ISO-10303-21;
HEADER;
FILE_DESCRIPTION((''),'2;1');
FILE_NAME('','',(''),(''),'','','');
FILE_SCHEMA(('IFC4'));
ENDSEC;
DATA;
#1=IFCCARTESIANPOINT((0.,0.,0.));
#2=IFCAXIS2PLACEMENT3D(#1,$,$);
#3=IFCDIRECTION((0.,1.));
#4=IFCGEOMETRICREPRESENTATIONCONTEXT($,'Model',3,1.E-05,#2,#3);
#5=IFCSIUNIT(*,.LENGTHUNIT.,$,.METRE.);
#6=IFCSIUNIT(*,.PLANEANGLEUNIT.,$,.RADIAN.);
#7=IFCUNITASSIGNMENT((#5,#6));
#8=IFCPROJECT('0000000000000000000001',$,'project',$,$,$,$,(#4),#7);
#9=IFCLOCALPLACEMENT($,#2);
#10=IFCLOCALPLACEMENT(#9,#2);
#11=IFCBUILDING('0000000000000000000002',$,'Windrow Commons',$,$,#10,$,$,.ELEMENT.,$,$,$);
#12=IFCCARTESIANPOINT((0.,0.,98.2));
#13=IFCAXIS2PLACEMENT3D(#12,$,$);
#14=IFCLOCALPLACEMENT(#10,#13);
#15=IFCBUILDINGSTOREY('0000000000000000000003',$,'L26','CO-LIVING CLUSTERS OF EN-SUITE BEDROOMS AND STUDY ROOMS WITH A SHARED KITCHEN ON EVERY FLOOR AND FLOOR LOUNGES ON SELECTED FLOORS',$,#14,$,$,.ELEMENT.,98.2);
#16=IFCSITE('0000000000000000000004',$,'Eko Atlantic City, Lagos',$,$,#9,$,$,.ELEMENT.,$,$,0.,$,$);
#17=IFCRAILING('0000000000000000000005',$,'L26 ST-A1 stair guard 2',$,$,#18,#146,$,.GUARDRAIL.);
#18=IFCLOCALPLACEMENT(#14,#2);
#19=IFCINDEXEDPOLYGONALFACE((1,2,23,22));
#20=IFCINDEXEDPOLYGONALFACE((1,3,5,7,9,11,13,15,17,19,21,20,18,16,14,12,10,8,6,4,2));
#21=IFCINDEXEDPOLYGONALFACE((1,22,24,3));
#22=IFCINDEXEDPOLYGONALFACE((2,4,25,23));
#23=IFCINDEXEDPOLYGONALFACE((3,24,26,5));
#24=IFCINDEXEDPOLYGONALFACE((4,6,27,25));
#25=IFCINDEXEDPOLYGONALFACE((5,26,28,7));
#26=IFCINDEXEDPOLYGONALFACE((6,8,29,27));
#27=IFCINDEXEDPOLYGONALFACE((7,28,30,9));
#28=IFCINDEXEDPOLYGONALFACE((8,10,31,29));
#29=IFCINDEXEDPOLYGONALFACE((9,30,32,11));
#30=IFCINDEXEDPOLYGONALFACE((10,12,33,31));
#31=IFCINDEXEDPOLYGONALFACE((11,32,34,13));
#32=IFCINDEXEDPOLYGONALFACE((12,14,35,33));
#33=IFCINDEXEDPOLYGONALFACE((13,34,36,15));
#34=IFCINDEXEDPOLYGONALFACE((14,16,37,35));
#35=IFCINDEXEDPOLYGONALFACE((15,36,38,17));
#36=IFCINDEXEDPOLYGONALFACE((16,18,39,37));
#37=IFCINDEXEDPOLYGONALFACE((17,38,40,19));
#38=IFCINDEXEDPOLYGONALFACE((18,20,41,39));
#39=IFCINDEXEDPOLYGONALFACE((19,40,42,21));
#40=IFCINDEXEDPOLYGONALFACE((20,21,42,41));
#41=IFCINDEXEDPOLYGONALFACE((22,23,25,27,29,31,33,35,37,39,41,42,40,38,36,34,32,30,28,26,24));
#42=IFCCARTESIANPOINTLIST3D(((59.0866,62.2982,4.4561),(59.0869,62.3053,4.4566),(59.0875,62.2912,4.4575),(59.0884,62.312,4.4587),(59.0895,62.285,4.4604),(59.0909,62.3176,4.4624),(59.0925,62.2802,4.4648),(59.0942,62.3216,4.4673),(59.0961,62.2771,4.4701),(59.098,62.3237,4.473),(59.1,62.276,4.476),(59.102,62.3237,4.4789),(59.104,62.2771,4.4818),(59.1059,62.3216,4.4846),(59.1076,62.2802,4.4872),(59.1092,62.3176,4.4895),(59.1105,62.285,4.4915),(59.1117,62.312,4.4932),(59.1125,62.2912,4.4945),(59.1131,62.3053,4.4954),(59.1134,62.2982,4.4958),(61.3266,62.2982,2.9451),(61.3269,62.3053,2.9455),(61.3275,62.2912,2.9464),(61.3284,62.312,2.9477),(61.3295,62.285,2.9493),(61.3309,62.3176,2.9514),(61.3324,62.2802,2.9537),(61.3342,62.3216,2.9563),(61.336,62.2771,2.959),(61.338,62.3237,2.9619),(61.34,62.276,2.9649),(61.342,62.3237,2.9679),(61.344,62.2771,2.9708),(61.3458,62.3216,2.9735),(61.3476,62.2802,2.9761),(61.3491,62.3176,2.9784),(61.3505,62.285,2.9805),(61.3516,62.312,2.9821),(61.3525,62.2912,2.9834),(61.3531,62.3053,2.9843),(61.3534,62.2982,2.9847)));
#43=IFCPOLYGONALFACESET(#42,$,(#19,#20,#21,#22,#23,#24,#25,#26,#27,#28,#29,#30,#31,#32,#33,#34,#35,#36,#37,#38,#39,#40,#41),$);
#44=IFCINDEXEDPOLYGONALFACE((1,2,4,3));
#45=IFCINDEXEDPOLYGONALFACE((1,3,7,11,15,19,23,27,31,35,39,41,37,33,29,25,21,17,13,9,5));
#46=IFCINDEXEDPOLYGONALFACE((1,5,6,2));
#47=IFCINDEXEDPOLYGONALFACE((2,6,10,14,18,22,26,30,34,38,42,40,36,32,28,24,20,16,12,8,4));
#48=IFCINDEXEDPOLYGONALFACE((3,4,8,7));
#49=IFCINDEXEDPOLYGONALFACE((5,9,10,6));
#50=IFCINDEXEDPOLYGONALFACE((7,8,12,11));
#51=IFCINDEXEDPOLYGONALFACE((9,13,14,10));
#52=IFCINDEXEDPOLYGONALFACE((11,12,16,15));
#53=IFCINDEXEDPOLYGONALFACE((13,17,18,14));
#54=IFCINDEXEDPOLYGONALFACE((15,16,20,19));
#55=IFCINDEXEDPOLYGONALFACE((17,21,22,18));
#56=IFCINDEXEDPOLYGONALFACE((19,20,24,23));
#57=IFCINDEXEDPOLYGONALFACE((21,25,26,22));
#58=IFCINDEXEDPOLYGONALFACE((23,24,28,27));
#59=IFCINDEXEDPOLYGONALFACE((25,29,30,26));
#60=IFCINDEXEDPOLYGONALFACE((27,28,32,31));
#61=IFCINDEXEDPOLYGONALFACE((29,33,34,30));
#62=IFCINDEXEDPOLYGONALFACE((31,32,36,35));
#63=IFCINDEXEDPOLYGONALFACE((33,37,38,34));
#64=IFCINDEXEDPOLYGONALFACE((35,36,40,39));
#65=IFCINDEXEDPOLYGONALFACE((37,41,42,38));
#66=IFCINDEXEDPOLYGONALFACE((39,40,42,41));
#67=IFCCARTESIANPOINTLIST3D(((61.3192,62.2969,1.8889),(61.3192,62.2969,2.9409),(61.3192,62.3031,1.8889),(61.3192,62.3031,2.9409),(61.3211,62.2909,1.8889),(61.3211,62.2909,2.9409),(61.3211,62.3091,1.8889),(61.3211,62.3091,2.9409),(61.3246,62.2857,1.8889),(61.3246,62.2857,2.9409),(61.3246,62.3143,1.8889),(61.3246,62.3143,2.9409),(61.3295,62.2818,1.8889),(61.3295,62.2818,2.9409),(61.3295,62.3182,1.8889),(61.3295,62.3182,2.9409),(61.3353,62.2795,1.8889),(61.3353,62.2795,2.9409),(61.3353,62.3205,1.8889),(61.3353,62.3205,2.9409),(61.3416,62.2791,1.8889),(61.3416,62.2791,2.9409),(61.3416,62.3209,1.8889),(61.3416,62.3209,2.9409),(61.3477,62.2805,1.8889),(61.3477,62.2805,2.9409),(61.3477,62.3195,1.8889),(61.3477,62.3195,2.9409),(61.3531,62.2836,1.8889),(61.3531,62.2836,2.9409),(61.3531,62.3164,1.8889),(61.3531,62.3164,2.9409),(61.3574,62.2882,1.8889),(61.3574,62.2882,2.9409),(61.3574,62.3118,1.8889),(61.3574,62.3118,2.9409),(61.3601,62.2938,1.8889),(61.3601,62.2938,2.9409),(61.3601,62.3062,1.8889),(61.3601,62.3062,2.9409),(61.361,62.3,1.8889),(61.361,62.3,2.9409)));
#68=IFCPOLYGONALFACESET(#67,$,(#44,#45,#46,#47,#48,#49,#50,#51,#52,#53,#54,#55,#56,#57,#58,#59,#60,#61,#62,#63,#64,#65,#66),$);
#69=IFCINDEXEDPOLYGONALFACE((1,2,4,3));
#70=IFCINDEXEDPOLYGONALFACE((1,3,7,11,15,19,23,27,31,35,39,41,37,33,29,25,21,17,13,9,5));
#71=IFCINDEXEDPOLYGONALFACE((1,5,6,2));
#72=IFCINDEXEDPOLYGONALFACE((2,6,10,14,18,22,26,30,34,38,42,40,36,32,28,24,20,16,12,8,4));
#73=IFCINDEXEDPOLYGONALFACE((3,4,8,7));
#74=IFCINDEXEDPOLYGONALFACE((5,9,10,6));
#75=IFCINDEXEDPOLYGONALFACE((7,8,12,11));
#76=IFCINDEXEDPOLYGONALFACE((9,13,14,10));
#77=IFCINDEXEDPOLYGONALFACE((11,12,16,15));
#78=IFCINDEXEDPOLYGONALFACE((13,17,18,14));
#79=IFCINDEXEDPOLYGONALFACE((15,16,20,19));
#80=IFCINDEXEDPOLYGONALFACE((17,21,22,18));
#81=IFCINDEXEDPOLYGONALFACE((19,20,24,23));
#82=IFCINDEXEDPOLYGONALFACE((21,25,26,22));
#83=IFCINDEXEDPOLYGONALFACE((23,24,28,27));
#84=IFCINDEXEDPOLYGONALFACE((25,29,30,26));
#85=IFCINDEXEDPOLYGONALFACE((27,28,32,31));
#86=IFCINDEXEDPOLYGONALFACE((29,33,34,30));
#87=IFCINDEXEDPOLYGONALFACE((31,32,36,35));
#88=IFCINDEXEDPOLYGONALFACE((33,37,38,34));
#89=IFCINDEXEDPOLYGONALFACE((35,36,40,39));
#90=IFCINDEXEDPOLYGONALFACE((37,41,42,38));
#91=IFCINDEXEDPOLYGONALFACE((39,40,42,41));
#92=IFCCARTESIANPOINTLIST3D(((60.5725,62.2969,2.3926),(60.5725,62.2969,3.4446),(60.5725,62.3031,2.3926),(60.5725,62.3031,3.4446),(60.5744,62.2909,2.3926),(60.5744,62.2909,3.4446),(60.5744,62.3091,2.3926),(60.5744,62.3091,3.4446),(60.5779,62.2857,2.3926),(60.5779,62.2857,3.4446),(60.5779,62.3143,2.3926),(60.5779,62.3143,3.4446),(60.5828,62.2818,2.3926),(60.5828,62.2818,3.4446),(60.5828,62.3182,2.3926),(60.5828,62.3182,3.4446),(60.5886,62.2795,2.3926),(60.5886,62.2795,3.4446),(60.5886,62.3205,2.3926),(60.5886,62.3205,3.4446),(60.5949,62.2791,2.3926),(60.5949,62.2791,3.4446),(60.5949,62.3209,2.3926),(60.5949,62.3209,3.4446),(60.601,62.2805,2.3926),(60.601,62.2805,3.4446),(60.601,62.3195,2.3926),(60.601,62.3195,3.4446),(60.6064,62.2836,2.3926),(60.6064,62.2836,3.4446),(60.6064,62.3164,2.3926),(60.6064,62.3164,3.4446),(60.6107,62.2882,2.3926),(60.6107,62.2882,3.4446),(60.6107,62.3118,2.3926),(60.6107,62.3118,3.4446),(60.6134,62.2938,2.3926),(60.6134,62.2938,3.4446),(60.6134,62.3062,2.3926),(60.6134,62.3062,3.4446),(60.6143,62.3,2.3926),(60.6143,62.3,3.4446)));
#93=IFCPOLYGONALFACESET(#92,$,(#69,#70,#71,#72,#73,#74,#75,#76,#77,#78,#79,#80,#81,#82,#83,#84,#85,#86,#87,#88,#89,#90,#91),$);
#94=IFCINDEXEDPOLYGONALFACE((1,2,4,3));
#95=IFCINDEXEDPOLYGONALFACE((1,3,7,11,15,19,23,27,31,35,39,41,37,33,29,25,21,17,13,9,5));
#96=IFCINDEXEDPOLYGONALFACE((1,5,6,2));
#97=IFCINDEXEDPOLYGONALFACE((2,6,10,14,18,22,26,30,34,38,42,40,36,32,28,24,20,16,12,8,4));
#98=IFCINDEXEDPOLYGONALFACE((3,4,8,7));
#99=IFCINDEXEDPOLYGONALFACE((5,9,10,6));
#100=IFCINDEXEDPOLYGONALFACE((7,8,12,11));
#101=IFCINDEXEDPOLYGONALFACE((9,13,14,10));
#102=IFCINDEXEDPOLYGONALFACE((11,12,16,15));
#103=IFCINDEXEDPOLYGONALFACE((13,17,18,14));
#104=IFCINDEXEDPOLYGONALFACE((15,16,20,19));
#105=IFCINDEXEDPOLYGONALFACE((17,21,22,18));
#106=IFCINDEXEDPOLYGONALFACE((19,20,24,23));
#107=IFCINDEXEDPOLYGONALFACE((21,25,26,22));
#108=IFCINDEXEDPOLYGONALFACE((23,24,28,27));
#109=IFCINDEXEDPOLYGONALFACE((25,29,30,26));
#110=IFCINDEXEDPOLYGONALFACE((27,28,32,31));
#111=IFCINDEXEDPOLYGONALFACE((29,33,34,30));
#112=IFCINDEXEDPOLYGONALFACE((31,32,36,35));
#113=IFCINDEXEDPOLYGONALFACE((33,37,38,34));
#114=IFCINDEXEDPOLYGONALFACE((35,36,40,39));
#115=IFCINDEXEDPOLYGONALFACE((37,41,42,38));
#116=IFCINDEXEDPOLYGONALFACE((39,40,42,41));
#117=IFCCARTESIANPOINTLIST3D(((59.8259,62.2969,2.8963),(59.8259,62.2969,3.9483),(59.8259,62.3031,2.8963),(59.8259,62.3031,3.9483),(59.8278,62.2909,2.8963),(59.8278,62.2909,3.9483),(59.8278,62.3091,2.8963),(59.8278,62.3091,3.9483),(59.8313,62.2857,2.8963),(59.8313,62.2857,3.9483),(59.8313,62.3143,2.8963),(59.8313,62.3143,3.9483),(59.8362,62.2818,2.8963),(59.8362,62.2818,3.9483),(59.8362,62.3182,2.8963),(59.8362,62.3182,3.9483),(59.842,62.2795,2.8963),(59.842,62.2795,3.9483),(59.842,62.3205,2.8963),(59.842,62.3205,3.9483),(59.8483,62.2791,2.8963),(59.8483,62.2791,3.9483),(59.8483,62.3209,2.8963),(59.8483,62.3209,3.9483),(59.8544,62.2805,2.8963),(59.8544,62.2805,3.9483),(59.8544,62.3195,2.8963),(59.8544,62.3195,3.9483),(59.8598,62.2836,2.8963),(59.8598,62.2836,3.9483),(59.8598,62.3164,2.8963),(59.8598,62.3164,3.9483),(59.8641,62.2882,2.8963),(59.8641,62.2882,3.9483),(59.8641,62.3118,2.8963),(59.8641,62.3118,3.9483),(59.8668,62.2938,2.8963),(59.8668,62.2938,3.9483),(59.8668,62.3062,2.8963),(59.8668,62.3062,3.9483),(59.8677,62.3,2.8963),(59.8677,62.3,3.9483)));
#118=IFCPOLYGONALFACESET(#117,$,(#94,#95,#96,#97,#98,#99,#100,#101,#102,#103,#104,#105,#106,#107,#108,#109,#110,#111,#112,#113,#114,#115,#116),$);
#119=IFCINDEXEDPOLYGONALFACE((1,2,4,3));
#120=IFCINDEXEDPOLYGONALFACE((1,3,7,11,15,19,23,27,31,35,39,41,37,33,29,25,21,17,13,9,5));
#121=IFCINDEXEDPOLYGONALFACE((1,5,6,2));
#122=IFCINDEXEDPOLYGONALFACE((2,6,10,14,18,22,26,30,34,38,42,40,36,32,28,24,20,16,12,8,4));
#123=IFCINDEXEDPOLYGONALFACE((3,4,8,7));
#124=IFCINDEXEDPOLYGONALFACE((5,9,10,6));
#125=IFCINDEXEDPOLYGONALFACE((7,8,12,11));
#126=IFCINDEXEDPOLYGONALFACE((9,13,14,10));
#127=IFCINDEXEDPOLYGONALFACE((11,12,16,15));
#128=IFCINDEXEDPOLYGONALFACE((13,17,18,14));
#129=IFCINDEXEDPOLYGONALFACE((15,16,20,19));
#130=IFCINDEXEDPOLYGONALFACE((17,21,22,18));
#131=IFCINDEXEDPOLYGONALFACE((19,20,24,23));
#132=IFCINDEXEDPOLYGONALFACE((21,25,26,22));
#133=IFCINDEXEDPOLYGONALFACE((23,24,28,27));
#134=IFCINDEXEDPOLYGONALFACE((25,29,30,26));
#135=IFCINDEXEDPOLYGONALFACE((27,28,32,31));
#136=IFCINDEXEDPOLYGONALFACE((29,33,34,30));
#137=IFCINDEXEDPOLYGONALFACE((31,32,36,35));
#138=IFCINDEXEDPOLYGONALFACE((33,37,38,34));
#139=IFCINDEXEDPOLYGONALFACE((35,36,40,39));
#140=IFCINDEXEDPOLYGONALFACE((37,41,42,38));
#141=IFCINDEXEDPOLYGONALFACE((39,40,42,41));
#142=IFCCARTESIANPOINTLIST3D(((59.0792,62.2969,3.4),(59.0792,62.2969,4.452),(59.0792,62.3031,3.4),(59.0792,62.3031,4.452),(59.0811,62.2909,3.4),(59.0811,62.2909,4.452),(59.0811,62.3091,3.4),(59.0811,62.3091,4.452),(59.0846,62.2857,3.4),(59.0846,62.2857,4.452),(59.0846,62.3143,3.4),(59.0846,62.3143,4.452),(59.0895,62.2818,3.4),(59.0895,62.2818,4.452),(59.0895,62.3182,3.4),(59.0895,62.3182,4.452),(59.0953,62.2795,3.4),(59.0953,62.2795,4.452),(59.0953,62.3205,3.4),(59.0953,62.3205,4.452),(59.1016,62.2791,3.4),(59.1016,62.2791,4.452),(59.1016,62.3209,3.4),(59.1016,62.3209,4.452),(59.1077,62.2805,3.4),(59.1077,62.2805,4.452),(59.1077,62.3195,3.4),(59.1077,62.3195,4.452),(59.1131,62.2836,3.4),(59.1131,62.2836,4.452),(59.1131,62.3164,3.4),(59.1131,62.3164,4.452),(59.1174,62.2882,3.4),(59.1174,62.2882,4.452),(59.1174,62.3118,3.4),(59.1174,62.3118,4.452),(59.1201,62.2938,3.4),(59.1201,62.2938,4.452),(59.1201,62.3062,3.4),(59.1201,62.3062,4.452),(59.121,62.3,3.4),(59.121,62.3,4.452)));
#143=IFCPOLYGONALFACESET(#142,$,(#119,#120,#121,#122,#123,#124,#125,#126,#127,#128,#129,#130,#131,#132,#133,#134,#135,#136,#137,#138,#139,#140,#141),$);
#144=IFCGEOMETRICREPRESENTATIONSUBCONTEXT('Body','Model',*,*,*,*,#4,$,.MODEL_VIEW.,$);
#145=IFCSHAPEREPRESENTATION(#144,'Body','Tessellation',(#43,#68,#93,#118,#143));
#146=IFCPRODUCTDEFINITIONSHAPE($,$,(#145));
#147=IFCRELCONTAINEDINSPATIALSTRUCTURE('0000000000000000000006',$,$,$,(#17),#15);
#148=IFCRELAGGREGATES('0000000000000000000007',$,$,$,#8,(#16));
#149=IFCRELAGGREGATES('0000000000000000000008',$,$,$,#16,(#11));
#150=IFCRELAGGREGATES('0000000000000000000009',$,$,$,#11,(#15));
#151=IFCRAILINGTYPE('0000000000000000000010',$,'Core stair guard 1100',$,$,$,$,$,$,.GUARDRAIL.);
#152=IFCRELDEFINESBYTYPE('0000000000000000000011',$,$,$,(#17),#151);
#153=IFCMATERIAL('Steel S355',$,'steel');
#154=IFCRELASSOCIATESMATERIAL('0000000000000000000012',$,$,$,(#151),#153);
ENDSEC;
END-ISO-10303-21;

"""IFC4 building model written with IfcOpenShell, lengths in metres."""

from ifc_helpers import new_model, si_unit, direction, frame, origin, origin_2d, place, context, subcontext, project, spatial, circle, extrude, material, type_object, element, save


model = new_model("IFC4")

# Units and contexts
model_context = context("Model", 3, precision=1e-05, world=origin(), true_north=direction((0.0, 1.0)))
body_context = subcontext(model_context, "Body", "Model", "MODEL_VIEW")
ifc_project = project(units=[si_unit("LENGTHUNIT", "METRE"), si_unit("PLANEANGLEUNIT", "RADIAN")], contexts=[model_context])

# Site, building, storey
site_placement = place(None, origin())
site = spatial("IfcSite", under=ifc_project, at=site_placement, Name="Eko Atlantic City, Lagos", CompositionType="ELEMENT", RefElevation=0.0)
building_placement = place(site_placement, origin())
building = spatial("IfcBuilding", under=site, at=building_placement, Name="Windrow Commons", CompositionType="ELEMENT")
storey_placement = place(building_placement, frame((0.0, 0.0, 98.2)))
storey = spatial("IfcBuildingStorey", under=building, at=storey_placement, Name="L26", Description="CO-LIVING CLUSTERS OF EN-SUITE BEDROOMS AND STUDY ROOMS WITH A SHARED KITCHEN ON EVERY FLOOR AND FLOOR LOUNGES ON SELECTED FLOORS", CompositionType="ELEMENT", Elevation=98.2)

# Railing
ifc_material_1 = material(Name="Steel S355", Category="steel")
railing_type_1 = type_object("IfcRailingType", Name="Core stair guard 1100", PredefinedType="GUARDRAIL", material=ifc_material_1)
railing_1_placement = place(storey_placement, frame((61.34, 62.3, 1.8889)))
element("IfcRailing", 1, at=railing_1_placement, inside=storey, type_object=railing_type_1, Name="L26 ST-A1 stair guard 2", PredefinedType="GUARDRAIL", context=body_context, shape_type="SweptSolid", body=[
    extrude(circle(Radius=0.024, at=origin_2d()), frame((0.0, 0.0, 1.076), z_axis=(-0.829003, 0.0, 0.559244), x_axis=(0.0, -1.0, 0.0)), (0.0, 0.0, 1.0), 2.702),
    extrude(circle(Radius=0.021, at=origin_2d()), origin(), (0.0, 0.0, 1.0), 1.052),
    extrude(circle(Radius=0.021, at=origin_2d()), frame((-0.7467, 0.0, 0.5037)), (0.0, 0.0, 1.0), 1.052),
    extrude(circle(Radius=0.021, at=origin_2d()), frame((-1.4933, 0.0, 1.0074)), (0.0, 0.0, 1.0), 1.052),
    extrude(circle(Radius=0.021, at=origin_2d()), frame((-2.24, 0.0, 1.5111)), (0.0, 0.0, 1.0), 1.052),
])

save(model, "model.ifc")
